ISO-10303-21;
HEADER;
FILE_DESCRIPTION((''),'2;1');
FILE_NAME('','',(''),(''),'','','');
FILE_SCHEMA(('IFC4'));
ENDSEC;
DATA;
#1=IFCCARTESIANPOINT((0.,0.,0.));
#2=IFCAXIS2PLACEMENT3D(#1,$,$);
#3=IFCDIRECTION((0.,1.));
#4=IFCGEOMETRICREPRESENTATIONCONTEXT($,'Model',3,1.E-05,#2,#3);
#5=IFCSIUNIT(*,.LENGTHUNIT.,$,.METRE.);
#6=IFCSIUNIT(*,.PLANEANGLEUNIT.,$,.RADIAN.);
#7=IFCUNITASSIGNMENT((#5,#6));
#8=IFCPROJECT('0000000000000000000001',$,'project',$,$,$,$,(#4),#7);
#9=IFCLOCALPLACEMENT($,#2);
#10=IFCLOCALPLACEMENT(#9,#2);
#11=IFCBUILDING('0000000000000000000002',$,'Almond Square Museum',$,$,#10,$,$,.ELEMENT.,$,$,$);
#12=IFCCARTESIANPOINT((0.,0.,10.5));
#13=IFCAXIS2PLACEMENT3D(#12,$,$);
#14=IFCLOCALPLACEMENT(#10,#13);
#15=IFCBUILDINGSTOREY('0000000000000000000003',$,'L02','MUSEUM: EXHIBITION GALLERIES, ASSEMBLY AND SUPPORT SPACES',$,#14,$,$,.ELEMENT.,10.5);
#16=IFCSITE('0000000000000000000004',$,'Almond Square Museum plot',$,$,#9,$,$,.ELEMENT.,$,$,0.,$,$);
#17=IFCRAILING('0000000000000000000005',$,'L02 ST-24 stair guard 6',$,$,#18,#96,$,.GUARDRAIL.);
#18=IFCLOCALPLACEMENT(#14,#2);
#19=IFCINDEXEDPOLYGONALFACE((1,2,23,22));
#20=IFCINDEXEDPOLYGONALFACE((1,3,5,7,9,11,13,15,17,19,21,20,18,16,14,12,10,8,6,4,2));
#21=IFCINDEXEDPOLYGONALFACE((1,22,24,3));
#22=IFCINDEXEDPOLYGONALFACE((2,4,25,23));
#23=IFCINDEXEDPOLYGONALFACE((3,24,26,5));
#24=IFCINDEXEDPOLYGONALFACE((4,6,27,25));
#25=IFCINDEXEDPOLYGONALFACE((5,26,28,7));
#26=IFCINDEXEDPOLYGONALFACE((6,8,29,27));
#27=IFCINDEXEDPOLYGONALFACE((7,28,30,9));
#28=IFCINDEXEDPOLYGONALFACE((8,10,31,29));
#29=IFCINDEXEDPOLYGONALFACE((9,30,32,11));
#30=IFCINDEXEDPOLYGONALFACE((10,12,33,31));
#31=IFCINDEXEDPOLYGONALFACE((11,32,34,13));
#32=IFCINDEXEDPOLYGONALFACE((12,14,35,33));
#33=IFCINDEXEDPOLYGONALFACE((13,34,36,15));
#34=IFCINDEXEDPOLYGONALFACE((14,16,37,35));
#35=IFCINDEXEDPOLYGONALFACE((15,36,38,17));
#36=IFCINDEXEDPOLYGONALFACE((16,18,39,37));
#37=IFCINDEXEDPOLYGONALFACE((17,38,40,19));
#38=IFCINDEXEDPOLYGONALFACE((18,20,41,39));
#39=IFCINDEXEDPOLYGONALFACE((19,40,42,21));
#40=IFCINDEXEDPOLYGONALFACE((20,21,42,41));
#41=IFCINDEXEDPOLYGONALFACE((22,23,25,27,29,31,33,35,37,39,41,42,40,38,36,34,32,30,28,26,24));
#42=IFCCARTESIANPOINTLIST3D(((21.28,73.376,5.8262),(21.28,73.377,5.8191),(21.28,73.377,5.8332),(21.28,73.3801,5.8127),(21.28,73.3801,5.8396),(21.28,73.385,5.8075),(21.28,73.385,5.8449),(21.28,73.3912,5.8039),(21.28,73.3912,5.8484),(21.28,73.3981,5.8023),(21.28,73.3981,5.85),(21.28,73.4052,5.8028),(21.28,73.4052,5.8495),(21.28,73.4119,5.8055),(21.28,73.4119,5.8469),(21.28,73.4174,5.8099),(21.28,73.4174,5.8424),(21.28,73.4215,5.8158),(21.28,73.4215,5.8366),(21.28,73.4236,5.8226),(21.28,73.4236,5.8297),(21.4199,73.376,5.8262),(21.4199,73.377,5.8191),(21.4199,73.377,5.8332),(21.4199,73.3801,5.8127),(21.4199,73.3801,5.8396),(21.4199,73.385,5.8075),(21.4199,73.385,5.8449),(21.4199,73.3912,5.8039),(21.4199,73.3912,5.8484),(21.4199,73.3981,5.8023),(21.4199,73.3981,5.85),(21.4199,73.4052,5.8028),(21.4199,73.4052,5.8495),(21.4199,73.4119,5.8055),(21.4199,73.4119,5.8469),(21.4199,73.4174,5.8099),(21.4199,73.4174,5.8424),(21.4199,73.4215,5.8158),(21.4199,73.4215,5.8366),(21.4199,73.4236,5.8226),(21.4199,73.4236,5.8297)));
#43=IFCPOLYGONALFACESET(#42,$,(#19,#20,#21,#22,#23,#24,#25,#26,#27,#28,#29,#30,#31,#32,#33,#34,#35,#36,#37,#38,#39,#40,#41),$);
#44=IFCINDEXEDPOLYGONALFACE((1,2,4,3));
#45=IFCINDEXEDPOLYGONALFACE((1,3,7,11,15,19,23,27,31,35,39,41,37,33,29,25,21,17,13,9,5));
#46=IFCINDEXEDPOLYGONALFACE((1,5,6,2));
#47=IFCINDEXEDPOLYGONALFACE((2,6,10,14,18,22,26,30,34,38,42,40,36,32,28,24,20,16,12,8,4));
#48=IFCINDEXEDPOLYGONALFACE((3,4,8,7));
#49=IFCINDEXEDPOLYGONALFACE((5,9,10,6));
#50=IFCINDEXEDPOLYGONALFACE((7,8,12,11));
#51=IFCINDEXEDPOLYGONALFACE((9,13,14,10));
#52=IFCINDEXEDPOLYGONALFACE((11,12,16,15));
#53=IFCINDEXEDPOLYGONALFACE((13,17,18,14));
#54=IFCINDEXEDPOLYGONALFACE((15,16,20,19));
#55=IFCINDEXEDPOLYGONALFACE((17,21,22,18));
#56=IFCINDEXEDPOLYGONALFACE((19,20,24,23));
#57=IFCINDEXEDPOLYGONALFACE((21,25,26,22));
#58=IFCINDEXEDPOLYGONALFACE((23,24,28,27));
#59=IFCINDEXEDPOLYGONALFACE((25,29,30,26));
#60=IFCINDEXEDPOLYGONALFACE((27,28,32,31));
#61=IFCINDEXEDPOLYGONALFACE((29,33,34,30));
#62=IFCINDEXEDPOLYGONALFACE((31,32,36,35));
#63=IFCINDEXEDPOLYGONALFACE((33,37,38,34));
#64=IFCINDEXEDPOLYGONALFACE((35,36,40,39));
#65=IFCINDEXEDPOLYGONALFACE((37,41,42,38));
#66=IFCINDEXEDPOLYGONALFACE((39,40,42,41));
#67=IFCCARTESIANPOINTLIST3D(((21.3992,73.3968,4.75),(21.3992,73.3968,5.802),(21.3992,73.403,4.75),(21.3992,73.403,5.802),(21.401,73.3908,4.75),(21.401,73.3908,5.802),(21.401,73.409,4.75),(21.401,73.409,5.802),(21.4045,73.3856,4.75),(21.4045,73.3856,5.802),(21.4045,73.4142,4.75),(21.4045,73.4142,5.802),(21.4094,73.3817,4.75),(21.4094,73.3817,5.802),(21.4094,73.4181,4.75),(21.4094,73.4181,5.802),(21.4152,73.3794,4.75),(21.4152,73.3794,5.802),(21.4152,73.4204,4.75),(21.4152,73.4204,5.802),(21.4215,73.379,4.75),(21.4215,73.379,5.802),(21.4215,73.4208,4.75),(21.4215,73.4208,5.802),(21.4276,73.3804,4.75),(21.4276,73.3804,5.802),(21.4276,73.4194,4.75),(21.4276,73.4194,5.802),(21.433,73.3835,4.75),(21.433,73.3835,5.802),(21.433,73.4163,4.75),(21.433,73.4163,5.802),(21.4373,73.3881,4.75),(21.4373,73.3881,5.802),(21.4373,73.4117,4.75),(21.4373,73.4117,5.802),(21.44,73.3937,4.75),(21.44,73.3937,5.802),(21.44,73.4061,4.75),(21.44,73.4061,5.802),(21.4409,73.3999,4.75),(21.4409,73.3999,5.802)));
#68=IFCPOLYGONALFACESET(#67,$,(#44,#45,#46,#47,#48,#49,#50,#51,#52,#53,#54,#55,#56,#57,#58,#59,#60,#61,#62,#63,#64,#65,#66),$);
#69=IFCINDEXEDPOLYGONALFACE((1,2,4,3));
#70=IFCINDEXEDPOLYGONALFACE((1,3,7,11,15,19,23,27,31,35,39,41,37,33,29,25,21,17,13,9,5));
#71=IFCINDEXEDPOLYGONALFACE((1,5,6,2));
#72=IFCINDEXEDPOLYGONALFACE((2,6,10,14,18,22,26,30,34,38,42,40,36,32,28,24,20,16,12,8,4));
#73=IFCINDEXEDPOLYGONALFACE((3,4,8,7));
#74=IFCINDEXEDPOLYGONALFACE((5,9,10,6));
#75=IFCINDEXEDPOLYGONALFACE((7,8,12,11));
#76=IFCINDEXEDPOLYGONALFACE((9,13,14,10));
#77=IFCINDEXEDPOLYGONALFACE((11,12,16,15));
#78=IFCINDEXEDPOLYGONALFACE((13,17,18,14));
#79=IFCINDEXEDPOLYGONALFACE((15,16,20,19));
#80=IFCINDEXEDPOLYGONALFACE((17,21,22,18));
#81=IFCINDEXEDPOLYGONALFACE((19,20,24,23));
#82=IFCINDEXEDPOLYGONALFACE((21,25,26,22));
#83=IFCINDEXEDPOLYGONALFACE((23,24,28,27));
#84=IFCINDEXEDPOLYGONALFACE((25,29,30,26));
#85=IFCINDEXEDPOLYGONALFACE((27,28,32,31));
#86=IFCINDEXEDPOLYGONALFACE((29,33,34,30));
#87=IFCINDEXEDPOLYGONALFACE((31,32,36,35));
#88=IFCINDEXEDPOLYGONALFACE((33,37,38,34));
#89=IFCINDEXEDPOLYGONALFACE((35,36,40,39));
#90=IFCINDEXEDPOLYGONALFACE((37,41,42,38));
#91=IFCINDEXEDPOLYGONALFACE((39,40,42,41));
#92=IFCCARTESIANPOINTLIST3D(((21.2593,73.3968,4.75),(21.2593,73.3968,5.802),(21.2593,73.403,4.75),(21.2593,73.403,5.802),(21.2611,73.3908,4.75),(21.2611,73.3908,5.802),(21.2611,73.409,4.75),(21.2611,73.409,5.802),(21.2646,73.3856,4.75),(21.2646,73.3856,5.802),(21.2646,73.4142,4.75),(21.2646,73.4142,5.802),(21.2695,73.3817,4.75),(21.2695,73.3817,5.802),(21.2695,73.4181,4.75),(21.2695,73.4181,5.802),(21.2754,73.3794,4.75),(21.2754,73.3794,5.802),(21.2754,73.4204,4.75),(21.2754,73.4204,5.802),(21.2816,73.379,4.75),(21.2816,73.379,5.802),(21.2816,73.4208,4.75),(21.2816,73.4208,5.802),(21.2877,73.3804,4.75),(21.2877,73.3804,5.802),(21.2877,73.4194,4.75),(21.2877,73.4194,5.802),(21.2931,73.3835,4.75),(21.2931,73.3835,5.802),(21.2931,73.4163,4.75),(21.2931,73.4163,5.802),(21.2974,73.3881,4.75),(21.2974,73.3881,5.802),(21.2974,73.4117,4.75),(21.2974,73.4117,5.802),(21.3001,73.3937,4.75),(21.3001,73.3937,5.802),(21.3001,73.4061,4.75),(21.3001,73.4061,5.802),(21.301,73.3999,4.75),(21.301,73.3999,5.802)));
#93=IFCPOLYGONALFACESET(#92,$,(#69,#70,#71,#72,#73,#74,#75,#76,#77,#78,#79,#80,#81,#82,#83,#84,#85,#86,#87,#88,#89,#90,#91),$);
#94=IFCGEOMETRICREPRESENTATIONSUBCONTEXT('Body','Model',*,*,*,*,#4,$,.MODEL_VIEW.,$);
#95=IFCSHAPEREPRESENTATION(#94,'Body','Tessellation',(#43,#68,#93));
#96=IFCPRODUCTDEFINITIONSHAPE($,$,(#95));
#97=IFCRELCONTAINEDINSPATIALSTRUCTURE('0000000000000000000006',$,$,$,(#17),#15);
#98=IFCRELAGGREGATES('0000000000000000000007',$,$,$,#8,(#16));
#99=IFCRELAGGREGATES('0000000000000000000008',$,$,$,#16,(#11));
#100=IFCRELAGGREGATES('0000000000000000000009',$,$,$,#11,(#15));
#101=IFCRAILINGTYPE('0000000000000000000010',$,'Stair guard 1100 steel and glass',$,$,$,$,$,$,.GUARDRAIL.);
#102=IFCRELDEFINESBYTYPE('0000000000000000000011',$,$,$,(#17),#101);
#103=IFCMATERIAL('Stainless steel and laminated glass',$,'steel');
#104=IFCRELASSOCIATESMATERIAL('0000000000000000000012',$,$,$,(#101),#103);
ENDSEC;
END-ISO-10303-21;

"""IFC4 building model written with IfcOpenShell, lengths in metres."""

from ifc_helpers import new_model, si_unit, direction, frame, origin, origin_2d, place, context, subcontext, project, spatial, circle, extrude, material, type_object, element, save


model = new_model("IFC4")

# Units and contexts
model_context = context("Model", 3, precision=1e-05, world=origin(), true_north=direction((0.0, 1.0)))
body_context = subcontext(model_context, "Body", "Model", "MODEL_VIEW")
ifc_project = project(units=[si_unit("LENGTHUNIT", "METRE"), si_unit("PLANEANGLEUNIT", "RADIAN")], contexts=[model_context])

# Site, building, storey
site_placement = place(None, origin())
site = spatial("IfcSite", under=ifc_project, at=site_placement, Name="Almond Square Museum plot", CompositionType="ELEMENT", RefElevation=0.0)
building_placement = place(site_placement, origin())
building = spatial("IfcBuilding", under=site, at=building_placement, Name="Almond Square Museum", CompositionType="ELEMENT")
storey_placement = place(building_placement, frame((0.0, 0.0, 10.5)))
storey = spatial("IfcBuildingStorey", under=building, at=storey_placement, Name="L02", Description="MUSEUM: EXHIBITION GALLERIES, ASSEMBLY AND SUPPORT SPACES", CompositionType="ELEMENT", Elevation=10.5)

# Railing
ifc_material_1 = material(Name="Stainless steel and laminated glass", Category="steel")
railing_type_1 = type_object("IfcRailingType", Name="Stair guard 1100 steel and glass", PredefinedType="GUARDRAIL", material=ifc_material_1)
railing_1_placement = place(storey_placement, frame((21.4199, 73.3999, 4.75)))
element("IfcRailing", 1, at=railing_1_placement, inside=storey, type_object=railing_type_1, Name="L02 ST-24 stair guard 6", PredefinedType="GUARDRAIL", context=body_context, shape_type="SweptSolid", body=[
    extrude(circle(Radius=0.0239, at=origin_2d()), frame((0.0, 0.0, 1.0762), z_axis=(-1.0, 0.0, 0.0), x_axis=(0.0, -1.0, 0.0)), (0.0, 0.0, 1.0), 0.1399),
    extrude(circle(Radius=0.021, at=origin_2d()), origin(), (0.0, 0.0, 1.0), 1.052),
    extrude(circle(Radius=0.021, at=origin_2d()), frame((-0.1399, 0.0, 0.0)), (0.0, 0.0, 1.0), 1.052),
])

save(model, "model.ifc")
